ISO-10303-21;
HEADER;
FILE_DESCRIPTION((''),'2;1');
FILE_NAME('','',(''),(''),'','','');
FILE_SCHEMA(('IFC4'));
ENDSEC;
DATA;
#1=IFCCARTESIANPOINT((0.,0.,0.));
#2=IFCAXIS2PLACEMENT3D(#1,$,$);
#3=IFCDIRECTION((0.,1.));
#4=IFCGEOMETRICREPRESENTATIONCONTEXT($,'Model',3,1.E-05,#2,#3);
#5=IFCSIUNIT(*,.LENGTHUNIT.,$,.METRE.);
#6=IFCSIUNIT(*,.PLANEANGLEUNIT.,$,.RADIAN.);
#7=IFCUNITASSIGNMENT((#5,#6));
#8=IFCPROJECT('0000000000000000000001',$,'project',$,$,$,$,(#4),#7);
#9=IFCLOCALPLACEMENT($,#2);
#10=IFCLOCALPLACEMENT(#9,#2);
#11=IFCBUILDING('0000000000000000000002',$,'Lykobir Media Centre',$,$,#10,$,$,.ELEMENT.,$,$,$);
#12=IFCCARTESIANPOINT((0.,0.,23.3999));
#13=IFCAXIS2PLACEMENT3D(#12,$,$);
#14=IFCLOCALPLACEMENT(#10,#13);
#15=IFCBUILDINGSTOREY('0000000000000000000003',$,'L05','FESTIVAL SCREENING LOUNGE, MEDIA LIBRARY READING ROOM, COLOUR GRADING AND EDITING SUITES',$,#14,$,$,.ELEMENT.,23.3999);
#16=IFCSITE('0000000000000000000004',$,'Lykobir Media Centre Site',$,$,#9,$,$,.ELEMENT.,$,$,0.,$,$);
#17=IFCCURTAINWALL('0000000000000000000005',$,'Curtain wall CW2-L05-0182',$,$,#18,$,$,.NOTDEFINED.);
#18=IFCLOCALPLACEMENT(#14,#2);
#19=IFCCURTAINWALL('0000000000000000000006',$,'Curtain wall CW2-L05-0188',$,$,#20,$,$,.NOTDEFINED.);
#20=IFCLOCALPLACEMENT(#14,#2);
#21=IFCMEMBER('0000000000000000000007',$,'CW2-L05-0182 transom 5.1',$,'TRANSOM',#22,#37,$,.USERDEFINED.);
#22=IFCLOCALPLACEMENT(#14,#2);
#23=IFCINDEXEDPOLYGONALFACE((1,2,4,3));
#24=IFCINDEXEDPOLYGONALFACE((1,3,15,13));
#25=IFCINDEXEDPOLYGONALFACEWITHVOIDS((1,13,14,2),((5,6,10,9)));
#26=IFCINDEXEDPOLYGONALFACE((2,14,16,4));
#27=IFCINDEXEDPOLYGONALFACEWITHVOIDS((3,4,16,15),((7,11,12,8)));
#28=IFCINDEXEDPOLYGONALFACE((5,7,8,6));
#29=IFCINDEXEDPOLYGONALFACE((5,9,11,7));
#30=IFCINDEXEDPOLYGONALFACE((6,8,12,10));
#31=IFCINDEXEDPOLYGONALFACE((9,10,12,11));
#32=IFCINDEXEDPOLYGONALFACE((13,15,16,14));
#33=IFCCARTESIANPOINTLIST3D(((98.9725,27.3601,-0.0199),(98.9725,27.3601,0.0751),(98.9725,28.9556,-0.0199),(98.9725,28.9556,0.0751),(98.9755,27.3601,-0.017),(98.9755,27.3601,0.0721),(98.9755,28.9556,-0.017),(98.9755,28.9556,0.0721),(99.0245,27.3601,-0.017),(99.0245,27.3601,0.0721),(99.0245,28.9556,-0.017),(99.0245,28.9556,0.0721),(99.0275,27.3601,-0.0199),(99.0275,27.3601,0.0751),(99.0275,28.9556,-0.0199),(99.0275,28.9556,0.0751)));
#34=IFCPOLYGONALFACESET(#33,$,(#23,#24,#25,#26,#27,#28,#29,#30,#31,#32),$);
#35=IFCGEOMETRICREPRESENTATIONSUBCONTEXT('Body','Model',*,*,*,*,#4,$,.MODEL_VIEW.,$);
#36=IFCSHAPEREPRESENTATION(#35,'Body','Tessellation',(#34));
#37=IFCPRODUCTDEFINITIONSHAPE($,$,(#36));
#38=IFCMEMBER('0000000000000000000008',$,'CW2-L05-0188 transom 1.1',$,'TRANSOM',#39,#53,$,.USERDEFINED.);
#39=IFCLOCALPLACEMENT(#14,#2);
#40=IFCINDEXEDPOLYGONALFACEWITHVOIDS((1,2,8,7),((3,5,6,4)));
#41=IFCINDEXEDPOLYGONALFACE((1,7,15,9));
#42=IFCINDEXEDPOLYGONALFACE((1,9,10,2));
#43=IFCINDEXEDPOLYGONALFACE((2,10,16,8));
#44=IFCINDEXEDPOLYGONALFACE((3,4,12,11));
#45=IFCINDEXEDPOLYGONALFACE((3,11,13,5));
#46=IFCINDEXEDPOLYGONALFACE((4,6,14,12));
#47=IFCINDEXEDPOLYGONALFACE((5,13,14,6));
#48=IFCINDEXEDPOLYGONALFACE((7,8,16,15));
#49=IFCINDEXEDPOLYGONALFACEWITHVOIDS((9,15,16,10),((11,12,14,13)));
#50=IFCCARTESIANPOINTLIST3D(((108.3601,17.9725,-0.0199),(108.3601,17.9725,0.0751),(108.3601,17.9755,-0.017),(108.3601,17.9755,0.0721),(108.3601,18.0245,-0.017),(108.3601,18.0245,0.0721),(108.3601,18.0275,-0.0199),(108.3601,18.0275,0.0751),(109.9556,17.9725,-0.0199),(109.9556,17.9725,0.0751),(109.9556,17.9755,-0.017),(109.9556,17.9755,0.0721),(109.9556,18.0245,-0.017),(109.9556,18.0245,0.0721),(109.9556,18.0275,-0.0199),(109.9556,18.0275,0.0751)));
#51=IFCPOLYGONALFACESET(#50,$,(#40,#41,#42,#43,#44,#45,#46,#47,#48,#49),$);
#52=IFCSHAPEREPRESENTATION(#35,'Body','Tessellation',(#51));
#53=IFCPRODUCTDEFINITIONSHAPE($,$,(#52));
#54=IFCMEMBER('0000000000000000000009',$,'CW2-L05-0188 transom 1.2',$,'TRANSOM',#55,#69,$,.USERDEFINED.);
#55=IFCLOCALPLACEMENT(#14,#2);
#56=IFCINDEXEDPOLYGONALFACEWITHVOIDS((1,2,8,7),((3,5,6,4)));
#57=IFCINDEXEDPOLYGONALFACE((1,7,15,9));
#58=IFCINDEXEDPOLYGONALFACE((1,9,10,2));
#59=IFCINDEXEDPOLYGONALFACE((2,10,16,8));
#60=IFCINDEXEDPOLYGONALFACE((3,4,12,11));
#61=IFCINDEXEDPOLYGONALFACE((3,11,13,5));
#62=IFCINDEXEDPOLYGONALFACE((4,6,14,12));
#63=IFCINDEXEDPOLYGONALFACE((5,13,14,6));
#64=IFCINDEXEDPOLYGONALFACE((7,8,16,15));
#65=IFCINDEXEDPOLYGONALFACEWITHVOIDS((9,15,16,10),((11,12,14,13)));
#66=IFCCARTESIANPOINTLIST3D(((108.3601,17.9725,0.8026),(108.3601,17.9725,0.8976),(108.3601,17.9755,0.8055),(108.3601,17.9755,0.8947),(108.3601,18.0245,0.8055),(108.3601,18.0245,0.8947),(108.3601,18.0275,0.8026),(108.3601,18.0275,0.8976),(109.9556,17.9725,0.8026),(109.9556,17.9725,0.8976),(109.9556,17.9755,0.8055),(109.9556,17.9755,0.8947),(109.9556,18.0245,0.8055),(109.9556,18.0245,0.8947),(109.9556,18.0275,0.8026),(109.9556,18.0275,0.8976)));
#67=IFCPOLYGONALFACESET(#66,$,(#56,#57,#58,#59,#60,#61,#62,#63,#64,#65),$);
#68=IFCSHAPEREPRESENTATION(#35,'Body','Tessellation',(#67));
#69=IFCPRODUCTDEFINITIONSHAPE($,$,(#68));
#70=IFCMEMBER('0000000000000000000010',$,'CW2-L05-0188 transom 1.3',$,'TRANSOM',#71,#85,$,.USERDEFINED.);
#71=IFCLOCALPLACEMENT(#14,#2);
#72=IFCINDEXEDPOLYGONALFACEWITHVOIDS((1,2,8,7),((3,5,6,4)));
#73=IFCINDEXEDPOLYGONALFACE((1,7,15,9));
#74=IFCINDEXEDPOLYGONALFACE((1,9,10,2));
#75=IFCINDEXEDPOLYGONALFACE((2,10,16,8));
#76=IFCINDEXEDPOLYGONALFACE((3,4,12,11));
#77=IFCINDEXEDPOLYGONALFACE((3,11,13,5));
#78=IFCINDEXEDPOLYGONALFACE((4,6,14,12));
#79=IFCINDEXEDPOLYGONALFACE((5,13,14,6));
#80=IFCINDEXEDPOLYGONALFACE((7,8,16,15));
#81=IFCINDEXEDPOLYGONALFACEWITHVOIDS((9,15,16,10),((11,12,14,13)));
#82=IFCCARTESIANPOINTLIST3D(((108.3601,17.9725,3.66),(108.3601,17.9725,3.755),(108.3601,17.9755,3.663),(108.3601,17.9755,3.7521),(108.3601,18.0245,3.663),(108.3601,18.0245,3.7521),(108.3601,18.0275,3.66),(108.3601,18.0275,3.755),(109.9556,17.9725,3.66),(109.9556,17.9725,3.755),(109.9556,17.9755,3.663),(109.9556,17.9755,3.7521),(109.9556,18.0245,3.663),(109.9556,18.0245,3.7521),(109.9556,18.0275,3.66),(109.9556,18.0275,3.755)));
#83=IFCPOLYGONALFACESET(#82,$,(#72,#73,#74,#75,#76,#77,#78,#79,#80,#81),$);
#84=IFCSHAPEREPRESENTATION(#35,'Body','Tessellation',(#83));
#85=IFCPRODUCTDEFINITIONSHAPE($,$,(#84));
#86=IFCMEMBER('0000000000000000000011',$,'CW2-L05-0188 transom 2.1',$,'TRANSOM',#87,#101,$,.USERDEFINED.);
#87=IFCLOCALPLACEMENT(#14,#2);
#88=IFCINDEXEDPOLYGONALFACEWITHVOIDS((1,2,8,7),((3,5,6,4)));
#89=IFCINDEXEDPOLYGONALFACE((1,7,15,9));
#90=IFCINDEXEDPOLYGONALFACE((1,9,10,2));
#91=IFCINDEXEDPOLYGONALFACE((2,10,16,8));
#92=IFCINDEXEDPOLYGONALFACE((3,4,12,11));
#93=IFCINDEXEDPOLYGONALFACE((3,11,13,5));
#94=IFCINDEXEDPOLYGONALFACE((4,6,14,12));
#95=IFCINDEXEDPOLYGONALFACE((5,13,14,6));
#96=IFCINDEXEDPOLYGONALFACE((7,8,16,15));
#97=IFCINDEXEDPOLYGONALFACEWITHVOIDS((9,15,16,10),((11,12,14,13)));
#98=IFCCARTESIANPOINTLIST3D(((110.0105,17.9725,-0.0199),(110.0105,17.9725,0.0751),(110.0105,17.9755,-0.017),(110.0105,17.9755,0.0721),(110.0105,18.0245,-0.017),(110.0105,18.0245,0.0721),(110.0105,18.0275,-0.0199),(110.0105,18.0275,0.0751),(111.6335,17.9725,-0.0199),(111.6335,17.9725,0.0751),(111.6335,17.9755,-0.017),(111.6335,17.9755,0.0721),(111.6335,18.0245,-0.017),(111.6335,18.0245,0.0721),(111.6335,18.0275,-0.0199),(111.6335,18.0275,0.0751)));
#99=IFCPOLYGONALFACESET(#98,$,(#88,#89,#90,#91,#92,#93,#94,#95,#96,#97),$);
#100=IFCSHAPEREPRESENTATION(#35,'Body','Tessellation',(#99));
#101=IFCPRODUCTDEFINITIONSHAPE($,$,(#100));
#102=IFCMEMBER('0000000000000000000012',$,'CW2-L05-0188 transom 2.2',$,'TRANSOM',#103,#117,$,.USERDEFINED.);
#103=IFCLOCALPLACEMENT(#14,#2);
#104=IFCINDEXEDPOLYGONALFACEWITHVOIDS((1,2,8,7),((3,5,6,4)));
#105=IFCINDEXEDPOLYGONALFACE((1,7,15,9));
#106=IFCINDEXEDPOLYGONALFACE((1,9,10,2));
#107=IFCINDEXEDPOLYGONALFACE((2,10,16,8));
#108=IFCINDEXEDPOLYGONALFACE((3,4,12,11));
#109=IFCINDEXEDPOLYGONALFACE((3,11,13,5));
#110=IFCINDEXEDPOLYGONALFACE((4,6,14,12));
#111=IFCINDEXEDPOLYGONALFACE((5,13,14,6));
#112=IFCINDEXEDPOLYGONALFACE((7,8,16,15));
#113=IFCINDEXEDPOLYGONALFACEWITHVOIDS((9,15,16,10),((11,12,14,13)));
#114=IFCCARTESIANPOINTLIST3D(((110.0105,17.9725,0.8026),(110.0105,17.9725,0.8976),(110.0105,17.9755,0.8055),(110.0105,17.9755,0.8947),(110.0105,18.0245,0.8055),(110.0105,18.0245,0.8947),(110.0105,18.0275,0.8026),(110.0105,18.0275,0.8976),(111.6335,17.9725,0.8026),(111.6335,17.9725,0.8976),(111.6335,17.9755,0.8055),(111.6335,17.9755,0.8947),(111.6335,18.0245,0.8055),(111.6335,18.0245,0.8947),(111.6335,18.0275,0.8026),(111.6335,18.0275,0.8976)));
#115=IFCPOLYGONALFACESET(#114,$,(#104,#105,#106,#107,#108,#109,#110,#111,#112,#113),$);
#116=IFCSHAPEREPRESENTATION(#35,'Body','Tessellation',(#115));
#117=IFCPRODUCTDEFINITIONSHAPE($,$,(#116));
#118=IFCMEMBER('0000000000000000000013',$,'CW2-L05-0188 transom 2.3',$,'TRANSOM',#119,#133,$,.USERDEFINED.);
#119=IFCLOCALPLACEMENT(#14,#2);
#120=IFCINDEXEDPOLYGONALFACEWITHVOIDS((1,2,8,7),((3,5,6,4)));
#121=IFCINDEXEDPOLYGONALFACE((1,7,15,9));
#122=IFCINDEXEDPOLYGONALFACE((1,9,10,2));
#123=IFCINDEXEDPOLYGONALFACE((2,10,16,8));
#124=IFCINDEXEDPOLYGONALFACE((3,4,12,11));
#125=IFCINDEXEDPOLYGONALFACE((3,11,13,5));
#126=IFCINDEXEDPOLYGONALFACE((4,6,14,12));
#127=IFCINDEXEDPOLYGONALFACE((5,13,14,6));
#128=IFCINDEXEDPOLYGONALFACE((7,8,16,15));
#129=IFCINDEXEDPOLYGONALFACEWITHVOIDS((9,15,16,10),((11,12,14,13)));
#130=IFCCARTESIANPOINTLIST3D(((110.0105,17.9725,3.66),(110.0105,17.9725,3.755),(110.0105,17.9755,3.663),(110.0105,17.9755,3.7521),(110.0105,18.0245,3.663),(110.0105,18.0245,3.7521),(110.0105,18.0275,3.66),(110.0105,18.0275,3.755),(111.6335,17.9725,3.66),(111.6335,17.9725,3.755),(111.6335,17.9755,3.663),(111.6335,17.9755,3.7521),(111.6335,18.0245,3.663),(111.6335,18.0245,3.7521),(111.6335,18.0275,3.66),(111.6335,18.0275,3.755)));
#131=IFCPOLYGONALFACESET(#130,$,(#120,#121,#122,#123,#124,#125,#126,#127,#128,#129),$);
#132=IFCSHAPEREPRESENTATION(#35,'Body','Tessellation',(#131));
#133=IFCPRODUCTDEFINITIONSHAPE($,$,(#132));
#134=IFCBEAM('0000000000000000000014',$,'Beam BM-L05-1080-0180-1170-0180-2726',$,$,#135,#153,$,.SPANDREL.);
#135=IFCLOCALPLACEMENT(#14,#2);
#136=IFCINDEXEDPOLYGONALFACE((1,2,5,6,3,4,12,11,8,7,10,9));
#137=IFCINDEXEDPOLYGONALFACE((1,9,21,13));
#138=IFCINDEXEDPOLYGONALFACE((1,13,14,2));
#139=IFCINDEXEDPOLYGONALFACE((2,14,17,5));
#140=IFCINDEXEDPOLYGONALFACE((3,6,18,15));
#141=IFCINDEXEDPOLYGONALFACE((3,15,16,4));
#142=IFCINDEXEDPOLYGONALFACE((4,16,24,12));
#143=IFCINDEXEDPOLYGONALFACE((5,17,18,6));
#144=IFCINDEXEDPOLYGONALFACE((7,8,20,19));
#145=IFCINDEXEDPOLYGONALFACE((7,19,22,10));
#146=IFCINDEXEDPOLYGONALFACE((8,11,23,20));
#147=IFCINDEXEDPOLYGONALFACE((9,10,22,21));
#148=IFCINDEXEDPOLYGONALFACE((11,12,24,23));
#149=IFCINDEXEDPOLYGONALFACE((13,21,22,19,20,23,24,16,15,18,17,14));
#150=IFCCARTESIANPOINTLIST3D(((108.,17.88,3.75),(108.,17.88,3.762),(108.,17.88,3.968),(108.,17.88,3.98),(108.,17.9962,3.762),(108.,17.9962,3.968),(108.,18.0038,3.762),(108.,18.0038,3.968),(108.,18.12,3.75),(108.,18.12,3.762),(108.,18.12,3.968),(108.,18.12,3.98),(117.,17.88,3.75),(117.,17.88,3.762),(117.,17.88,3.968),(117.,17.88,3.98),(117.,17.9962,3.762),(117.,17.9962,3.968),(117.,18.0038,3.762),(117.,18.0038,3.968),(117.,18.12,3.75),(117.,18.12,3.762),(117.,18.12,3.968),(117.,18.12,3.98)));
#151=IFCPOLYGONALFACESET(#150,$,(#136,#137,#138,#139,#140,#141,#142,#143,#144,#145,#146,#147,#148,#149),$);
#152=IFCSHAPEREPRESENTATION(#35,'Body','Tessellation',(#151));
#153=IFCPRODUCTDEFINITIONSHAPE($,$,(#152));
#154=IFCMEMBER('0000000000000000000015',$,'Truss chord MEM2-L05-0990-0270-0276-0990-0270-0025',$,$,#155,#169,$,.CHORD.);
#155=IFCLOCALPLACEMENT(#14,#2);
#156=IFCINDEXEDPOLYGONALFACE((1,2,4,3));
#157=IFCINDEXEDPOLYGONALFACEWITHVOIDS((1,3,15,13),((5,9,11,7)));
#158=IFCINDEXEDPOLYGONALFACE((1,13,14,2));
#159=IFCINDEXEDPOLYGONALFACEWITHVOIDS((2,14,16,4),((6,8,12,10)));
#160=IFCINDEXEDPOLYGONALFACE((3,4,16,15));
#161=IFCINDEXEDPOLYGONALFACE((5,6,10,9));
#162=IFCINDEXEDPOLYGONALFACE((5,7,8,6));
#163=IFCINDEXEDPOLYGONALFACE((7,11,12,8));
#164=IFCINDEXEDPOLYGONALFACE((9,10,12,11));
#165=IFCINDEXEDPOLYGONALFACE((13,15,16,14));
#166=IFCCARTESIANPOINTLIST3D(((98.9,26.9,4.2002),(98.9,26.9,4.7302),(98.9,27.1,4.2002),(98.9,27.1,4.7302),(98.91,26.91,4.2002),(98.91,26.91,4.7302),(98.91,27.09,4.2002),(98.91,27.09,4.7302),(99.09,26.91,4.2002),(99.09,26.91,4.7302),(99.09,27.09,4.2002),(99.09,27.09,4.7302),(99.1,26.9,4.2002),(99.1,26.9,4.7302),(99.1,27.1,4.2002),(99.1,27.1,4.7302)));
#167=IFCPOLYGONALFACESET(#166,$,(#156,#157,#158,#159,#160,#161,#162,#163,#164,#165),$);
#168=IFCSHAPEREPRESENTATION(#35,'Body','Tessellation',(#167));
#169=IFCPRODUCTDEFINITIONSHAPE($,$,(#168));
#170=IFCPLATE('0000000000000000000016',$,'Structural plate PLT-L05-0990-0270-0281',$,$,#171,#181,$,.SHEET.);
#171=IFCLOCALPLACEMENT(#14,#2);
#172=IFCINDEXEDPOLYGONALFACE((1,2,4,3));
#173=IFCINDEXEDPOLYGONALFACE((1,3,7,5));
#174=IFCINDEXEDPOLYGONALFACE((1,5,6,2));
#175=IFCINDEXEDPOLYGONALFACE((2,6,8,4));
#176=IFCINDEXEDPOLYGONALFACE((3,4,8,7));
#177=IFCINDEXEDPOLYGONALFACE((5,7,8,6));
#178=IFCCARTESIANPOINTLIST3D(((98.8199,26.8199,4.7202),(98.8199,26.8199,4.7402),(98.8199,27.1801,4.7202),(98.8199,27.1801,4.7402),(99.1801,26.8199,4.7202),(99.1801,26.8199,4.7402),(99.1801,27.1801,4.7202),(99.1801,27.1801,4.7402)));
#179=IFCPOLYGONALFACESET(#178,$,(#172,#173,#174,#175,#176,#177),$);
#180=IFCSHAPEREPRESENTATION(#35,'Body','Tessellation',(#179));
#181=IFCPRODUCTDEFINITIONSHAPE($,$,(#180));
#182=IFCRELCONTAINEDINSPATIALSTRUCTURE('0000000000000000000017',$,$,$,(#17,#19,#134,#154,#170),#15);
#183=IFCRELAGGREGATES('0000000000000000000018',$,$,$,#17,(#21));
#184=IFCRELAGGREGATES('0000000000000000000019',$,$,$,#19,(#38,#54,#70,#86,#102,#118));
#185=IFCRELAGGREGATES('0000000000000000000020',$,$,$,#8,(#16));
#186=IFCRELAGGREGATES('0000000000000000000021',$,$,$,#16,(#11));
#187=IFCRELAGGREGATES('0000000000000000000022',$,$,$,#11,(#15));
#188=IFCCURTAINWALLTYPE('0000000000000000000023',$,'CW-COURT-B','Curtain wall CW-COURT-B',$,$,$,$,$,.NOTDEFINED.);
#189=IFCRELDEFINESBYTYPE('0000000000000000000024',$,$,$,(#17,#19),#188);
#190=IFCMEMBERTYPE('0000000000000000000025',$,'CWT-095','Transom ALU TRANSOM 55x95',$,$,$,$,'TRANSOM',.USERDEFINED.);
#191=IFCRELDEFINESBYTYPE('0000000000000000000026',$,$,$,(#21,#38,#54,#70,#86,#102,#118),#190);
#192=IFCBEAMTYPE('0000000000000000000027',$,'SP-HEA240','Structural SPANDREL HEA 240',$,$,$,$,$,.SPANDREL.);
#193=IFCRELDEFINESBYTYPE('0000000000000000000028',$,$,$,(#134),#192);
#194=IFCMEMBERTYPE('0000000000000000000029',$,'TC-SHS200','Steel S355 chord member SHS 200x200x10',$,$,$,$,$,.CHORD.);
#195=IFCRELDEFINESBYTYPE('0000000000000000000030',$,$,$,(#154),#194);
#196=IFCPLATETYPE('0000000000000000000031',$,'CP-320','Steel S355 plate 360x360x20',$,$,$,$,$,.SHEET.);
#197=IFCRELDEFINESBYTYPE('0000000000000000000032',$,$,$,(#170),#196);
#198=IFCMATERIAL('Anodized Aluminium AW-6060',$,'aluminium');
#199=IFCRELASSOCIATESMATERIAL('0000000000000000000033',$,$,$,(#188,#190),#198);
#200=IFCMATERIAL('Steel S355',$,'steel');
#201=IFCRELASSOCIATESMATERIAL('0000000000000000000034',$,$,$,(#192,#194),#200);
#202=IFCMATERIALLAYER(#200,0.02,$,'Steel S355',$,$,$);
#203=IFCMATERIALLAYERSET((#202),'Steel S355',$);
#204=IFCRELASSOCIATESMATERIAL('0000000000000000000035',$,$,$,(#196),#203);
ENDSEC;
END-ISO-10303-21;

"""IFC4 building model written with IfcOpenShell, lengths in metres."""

from ifc_helpers import new_model, si_unit, direction, frame, origin, origin_2d, place, context, subcontext, project, spatial, rectangle, hollow_rectangle, i_section, extrude, material, layer, layer_set, material_profile, profile_set, type_object, element, aggregate, save


model = new_model("IFC4")

# Units and contexts
model_context = context("Model", 3, precision=1e-05, world=origin(), true_north=direction((0.0, 1.0)))
body_context = subcontext(model_context, "Body", "Model", "MODEL_VIEW")
ifc_project = project(units=[si_unit("LENGTHUNIT", "METRE"), si_unit("PLANEANGLEUNIT", "RADIAN")], contexts=[model_context])

# Site, building, storey
site_placement = place(None, origin())
site = spatial("IfcSite", under=ifc_project, at=site_placement, Name="Lykobir Media Centre Site", CompositionType="ELEMENT", RefElevation=0.0)
building_placement = place(site_placement, origin())
building = spatial("IfcBuilding", under=site, at=building_placement, Name="Lykobir Media Centre", CompositionType="ELEMENT")
storey_placement = place(building_placement, frame((0.0, 0.0, 23.3999)))
storey = spatial("IfcBuildingStorey", under=building, at=storey_placement, Name="L05", Description="FESTIVAL SCREENING LOUNGE, MEDIA LIBRARY READING ROOM, COLOUR GRADING AND EDITING SUITES", CompositionType="ELEMENT", Elevation=23.3999)

# Shared definitions
ifc_material_1 = material(Name="Steel S355", Category="steel")

# Curtain wall
ifc_material_2 = material(Name="Anodized Aluminium AW-6060", Category="aluminium")
curtain_wall_type = type_object("IfcCurtainWallType", Name="CW-COURT-B", Description="Curtain wall CW-COURT-B", PredefinedType="NOTDEFINED", material=ifc_material_2)
curtain_wall_1_placement = place(storey_placement, origin())
curtain_wall_1 = element("IfcCurtainWall", 1, at=curtain_wall_1_placement, inside=storey, type_object=curtain_wall_type, Name="Curtain wall CW2-L05-0182", PredefinedType="NOTDEFINED")

# Curtain wall
curtain_wall_2_placement = place(storey_placement, origin())
curtain_wall_2 = element("IfcCurtainWall", 2, at=curtain_wall_2_placement, inside=storey, type_object=curtain_wall_type, Name="Curtain wall CW2-L05-0188", PredefinedType="NOTDEFINED")

# Members
ifc_material_profile_1 = material_profile(ifc_material_2, hollow_rectangle(XDim=0.0549, YDim=0.095, WallThickness=0.0029, at=origin_2d()), Name="ALU TRANSOM 55x95")
ifc_profile_set_1 = profile_set([ifc_material_profile_1], Name="Anodized Aluminium AW-6060")
member_type_1 = type_object("IfcMemberType", Name="CWT-095", Description="Transom ALU TRANSOM 55x95", ElementType="TRANSOM", PredefinedType="USERDEFINED", material=ifc_profile_set_1)
member_1_placement = place(storey_placement, frame((99.0, 28.9556, 0.0276), z_axis=(0.0, -1.0, 0.0), x_axis=(1.0, 0.0, 0.0)))
member_1 = element("IfcMember", 3, at=member_1_placement, type_object=member_type_1, Name="CW2-L05-0182 transom 5.1", ObjectType="TRANSOM", PredefinedType="USERDEFINED", context=body_context, shape_type="SweptSolid", body=[
    extrude(hollow_rectangle(XDim=0.0549, YDim=0.095, WallThickness=0.0029, at=origin_2d()), origin(), (0.0, 0.0, 1.0), 1.5955),
])
member_2_placement = place(storey_placement, frame((108.3601, 18.0, 0.0276), z_axis=(1.0, 0.0, 0.0), x_axis=(0.0, 1.0, 0.0)))
member_2 = element("IfcMember", 4, at=member_2_placement, type_object=member_type_1, Name="CW2-L05-0188 transom 1.1", ObjectType="TRANSOM", PredefinedType="USERDEFINED", context=body_context, shape_type="SweptSolid", body=[
    extrude(hollow_rectangle(XDim=0.0549, YDim=0.095, WallThickness=0.0029, at=origin_2d()), origin(), (0.0, 0.0, 1.0), 1.5955),
])
member_3_placement = place(storey_placement, frame((108.3601, 18.0, 0.8501), z_axis=(1.0, 0.0, 0.0), x_axis=(0.0, 1.0, 0.0)))
member_3 = element("IfcMember", 5, at=member_3_placement, type_object=member_type_1, Name="CW2-L05-0188 transom 1.2", ObjectType="TRANSOM", PredefinedType="USERDEFINED", context=body_context, shape_type="SweptSolid", body=[
    extrude(hollow_rectangle(XDim=0.0549, YDim=0.095, WallThickness=0.0029, at=origin_2d()), origin(), (0.0, 0.0, 1.0), 1.5955),
])
member_4_placement = place(storey_placement, frame((108.3601, 18.0, 3.7075), z_axis=(1.0, 0.0, 0.0), x_axis=(0.0, 1.0, 0.0)))
member_4 = element("IfcMember", 6, at=member_4_placement, type_object=member_type_1, Name="CW2-L05-0188 transom 1.3", ObjectType="TRANSOM", PredefinedType="USERDEFINED", context=body_context, shape_type="SweptSolid", body=[
    extrude(hollow_rectangle(XDim=0.0549, YDim=0.095, WallThickness=0.0029, at=origin_2d()), origin(), (0.0, 0.0, 1.0), 1.5955),
])
member_5_placement = place(storey_placement, frame((110.0105, 18.0, 0.0276), z_axis=(1.0, 0.0, 0.0), x_axis=(0.0, 1.0, 0.0)))
member_5 = element("IfcMember", 7, at=member_5_placement, type_object=member_type_1, Name="CW2-L05-0188 transom 2.1", ObjectType="TRANSOM", PredefinedType="USERDEFINED", context=body_context, shape_type="SweptSolid", body=[
    extrude(hollow_rectangle(XDim=0.0549, YDim=0.095, WallThickness=0.0029, at=origin_2d()), origin(), (0.0, 0.0, 1.0), 1.623),
])
member_6_placement = place(storey_placement, frame((110.0105, 18.0, 0.8501), z_axis=(1.0, 0.0, 0.0), x_axis=(0.0, 1.0, 0.0)))
member_6 = element("IfcMember", 8, at=member_6_placement, type_object=member_type_1, Name="CW2-L05-0188 transom 2.2", ObjectType="TRANSOM", PredefinedType="USERDEFINED", context=body_context, shape_type="SweptSolid", body=[
    extrude(hollow_rectangle(XDim=0.0549, YDim=0.095, WallThickness=0.0029, at=origin_2d()), origin(), (0.0, 0.0, 1.0), 1.623),
])
member_7_placement = place(storey_placement, frame((110.0105, 18.0, 3.7075), z_axis=(1.0, 0.0, 0.0), x_axis=(0.0, 1.0, 0.0)))
member_7 = element("IfcMember", 9, at=member_7_placement, type_object=member_type_1, Name="CW2-L05-0188 transom 2.3", ObjectType="TRANSOM", PredefinedType="USERDEFINED", context=body_context, shape_type="SweptSolid", body=[
    extrude(hollow_rectangle(XDim=0.0549, YDim=0.095, WallThickness=0.0029, at=origin_2d()), origin(), (0.0, 0.0, 1.0), 1.623),
])

# Beam
ifc_material_profile_2 = material_profile(ifc_material_1, i_section(OverallWidth=0.24, OverallDepth=0.23, WebThickness=0.0076, FlangeThickness=0.012, at=origin_2d()), Name="HEA 240")
ifc_profile_set_2 = profile_set([ifc_material_profile_2], Name="Steel S355")
beam_type_1 = type_object("IfcBeamType", Name="SP-HEA240", Description="Structural SPANDREL HEA 240", PredefinedType="SPANDREL", material=ifc_profile_set_2)
beam_1_placement = place(storey_placement, frame((108.0, 18.0, 3.865), z_axis=(1.0, 0.0, 0.0), x_axis=(0.0, 1.0, 0.0)))
element("IfcBeam", 10, at=beam_1_placement, inside=storey, type_object=beam_type_1, Name="Beam BM-L05-1080-0180-1170-0180-2726", PredefinedType="SPANDREL", context=body_context, shape_type="SweptSolid", body=[
    extrude(i_section(OverallWidth=0.24, OverallDepth=0.23, WebThickness=0.0076, FlangeThickness=0.012, at=origin_2d()), origin(), (0.0, 0.0, 1.0), 9.0),
])

# Member
ifc_material_profile_3 = material_profile(ifc_material_1, hollow_rectangle(XDim=0.2, YDim=0.2, WallThickness=0.01, at=origin_2d()), Name="SHS 200x200x10")
ifc_profile_set_3 = profile_set([ifc_material_profile_3], Name="Steel S355")
member_type_2 = type_object("IfcMemberType", Name="TC-SHS200", Description="Steel S355 chord member SHS 200x200x10", PredefinedType="CHORD", material=ifc_profile_set_3)
member_8_placement = place(storey_placement, frame((99.0, 27.0, 4.2002), z_axis=(0.0, 0.0, 1.0), x_axis=(1.0, 0.0, 0.0)))
element("IfcMember", 11, at=member_8_placement, inside=storey, type_object=member_type_2, Name="Truss chord MEM2-L05-0990-0270-0276-0990-0270-0025", PredefinedType="CHORD", context=body_context, shape_type="SweptSolid", body=[
    extrude(hollow_rectangle(XDim=0.2, YDim=0.2, WallThickness=0.01, at=origin_2d()), origin(), (0.0, 0.0, 1.0), 0.53),
])

# Plate
ifc_layer_1 = layer(ifc_material_1, 0.02, Name="Steel S355")
ifc_layer_set_1 = layer_set([ifc_layer_1], Name="Steel S355")
plate_type_1 = type_object("IfcPlateType", Name="CP-320", Description="Steel S355 plate 360x360x20", PredefinedType="SHEET", material=ifc_layer_set_1)
plate_1_placement = place(storey_placement, frame((99.0, 27.0, 4.7202), z_axis=(0.0, 0.0, 1.0), x_axis=(1.0, 0.0, 0.0)))
element("IfcPlate", 12, at=plate_1_placement, inside=storey, type_object=plate_type_1, Name="Structural plate PLT-L05-0990-0270-0281", PredefinedType="SHEET", context=body_context, shape_type="SweptSolid", body=[
    extrude(rectangle(XDim=0.3601, YDim=0.3601, at=origin_2d()), origin(), (0.0, 0.0, 1.0), 0.02),
])
aggregate(curtain_wall_1, [member_1])
aggregate(curtain_wall_2, [member_2, member_3, member_4, member_5, member_6, member_7])

save(model, "model.ifc")
